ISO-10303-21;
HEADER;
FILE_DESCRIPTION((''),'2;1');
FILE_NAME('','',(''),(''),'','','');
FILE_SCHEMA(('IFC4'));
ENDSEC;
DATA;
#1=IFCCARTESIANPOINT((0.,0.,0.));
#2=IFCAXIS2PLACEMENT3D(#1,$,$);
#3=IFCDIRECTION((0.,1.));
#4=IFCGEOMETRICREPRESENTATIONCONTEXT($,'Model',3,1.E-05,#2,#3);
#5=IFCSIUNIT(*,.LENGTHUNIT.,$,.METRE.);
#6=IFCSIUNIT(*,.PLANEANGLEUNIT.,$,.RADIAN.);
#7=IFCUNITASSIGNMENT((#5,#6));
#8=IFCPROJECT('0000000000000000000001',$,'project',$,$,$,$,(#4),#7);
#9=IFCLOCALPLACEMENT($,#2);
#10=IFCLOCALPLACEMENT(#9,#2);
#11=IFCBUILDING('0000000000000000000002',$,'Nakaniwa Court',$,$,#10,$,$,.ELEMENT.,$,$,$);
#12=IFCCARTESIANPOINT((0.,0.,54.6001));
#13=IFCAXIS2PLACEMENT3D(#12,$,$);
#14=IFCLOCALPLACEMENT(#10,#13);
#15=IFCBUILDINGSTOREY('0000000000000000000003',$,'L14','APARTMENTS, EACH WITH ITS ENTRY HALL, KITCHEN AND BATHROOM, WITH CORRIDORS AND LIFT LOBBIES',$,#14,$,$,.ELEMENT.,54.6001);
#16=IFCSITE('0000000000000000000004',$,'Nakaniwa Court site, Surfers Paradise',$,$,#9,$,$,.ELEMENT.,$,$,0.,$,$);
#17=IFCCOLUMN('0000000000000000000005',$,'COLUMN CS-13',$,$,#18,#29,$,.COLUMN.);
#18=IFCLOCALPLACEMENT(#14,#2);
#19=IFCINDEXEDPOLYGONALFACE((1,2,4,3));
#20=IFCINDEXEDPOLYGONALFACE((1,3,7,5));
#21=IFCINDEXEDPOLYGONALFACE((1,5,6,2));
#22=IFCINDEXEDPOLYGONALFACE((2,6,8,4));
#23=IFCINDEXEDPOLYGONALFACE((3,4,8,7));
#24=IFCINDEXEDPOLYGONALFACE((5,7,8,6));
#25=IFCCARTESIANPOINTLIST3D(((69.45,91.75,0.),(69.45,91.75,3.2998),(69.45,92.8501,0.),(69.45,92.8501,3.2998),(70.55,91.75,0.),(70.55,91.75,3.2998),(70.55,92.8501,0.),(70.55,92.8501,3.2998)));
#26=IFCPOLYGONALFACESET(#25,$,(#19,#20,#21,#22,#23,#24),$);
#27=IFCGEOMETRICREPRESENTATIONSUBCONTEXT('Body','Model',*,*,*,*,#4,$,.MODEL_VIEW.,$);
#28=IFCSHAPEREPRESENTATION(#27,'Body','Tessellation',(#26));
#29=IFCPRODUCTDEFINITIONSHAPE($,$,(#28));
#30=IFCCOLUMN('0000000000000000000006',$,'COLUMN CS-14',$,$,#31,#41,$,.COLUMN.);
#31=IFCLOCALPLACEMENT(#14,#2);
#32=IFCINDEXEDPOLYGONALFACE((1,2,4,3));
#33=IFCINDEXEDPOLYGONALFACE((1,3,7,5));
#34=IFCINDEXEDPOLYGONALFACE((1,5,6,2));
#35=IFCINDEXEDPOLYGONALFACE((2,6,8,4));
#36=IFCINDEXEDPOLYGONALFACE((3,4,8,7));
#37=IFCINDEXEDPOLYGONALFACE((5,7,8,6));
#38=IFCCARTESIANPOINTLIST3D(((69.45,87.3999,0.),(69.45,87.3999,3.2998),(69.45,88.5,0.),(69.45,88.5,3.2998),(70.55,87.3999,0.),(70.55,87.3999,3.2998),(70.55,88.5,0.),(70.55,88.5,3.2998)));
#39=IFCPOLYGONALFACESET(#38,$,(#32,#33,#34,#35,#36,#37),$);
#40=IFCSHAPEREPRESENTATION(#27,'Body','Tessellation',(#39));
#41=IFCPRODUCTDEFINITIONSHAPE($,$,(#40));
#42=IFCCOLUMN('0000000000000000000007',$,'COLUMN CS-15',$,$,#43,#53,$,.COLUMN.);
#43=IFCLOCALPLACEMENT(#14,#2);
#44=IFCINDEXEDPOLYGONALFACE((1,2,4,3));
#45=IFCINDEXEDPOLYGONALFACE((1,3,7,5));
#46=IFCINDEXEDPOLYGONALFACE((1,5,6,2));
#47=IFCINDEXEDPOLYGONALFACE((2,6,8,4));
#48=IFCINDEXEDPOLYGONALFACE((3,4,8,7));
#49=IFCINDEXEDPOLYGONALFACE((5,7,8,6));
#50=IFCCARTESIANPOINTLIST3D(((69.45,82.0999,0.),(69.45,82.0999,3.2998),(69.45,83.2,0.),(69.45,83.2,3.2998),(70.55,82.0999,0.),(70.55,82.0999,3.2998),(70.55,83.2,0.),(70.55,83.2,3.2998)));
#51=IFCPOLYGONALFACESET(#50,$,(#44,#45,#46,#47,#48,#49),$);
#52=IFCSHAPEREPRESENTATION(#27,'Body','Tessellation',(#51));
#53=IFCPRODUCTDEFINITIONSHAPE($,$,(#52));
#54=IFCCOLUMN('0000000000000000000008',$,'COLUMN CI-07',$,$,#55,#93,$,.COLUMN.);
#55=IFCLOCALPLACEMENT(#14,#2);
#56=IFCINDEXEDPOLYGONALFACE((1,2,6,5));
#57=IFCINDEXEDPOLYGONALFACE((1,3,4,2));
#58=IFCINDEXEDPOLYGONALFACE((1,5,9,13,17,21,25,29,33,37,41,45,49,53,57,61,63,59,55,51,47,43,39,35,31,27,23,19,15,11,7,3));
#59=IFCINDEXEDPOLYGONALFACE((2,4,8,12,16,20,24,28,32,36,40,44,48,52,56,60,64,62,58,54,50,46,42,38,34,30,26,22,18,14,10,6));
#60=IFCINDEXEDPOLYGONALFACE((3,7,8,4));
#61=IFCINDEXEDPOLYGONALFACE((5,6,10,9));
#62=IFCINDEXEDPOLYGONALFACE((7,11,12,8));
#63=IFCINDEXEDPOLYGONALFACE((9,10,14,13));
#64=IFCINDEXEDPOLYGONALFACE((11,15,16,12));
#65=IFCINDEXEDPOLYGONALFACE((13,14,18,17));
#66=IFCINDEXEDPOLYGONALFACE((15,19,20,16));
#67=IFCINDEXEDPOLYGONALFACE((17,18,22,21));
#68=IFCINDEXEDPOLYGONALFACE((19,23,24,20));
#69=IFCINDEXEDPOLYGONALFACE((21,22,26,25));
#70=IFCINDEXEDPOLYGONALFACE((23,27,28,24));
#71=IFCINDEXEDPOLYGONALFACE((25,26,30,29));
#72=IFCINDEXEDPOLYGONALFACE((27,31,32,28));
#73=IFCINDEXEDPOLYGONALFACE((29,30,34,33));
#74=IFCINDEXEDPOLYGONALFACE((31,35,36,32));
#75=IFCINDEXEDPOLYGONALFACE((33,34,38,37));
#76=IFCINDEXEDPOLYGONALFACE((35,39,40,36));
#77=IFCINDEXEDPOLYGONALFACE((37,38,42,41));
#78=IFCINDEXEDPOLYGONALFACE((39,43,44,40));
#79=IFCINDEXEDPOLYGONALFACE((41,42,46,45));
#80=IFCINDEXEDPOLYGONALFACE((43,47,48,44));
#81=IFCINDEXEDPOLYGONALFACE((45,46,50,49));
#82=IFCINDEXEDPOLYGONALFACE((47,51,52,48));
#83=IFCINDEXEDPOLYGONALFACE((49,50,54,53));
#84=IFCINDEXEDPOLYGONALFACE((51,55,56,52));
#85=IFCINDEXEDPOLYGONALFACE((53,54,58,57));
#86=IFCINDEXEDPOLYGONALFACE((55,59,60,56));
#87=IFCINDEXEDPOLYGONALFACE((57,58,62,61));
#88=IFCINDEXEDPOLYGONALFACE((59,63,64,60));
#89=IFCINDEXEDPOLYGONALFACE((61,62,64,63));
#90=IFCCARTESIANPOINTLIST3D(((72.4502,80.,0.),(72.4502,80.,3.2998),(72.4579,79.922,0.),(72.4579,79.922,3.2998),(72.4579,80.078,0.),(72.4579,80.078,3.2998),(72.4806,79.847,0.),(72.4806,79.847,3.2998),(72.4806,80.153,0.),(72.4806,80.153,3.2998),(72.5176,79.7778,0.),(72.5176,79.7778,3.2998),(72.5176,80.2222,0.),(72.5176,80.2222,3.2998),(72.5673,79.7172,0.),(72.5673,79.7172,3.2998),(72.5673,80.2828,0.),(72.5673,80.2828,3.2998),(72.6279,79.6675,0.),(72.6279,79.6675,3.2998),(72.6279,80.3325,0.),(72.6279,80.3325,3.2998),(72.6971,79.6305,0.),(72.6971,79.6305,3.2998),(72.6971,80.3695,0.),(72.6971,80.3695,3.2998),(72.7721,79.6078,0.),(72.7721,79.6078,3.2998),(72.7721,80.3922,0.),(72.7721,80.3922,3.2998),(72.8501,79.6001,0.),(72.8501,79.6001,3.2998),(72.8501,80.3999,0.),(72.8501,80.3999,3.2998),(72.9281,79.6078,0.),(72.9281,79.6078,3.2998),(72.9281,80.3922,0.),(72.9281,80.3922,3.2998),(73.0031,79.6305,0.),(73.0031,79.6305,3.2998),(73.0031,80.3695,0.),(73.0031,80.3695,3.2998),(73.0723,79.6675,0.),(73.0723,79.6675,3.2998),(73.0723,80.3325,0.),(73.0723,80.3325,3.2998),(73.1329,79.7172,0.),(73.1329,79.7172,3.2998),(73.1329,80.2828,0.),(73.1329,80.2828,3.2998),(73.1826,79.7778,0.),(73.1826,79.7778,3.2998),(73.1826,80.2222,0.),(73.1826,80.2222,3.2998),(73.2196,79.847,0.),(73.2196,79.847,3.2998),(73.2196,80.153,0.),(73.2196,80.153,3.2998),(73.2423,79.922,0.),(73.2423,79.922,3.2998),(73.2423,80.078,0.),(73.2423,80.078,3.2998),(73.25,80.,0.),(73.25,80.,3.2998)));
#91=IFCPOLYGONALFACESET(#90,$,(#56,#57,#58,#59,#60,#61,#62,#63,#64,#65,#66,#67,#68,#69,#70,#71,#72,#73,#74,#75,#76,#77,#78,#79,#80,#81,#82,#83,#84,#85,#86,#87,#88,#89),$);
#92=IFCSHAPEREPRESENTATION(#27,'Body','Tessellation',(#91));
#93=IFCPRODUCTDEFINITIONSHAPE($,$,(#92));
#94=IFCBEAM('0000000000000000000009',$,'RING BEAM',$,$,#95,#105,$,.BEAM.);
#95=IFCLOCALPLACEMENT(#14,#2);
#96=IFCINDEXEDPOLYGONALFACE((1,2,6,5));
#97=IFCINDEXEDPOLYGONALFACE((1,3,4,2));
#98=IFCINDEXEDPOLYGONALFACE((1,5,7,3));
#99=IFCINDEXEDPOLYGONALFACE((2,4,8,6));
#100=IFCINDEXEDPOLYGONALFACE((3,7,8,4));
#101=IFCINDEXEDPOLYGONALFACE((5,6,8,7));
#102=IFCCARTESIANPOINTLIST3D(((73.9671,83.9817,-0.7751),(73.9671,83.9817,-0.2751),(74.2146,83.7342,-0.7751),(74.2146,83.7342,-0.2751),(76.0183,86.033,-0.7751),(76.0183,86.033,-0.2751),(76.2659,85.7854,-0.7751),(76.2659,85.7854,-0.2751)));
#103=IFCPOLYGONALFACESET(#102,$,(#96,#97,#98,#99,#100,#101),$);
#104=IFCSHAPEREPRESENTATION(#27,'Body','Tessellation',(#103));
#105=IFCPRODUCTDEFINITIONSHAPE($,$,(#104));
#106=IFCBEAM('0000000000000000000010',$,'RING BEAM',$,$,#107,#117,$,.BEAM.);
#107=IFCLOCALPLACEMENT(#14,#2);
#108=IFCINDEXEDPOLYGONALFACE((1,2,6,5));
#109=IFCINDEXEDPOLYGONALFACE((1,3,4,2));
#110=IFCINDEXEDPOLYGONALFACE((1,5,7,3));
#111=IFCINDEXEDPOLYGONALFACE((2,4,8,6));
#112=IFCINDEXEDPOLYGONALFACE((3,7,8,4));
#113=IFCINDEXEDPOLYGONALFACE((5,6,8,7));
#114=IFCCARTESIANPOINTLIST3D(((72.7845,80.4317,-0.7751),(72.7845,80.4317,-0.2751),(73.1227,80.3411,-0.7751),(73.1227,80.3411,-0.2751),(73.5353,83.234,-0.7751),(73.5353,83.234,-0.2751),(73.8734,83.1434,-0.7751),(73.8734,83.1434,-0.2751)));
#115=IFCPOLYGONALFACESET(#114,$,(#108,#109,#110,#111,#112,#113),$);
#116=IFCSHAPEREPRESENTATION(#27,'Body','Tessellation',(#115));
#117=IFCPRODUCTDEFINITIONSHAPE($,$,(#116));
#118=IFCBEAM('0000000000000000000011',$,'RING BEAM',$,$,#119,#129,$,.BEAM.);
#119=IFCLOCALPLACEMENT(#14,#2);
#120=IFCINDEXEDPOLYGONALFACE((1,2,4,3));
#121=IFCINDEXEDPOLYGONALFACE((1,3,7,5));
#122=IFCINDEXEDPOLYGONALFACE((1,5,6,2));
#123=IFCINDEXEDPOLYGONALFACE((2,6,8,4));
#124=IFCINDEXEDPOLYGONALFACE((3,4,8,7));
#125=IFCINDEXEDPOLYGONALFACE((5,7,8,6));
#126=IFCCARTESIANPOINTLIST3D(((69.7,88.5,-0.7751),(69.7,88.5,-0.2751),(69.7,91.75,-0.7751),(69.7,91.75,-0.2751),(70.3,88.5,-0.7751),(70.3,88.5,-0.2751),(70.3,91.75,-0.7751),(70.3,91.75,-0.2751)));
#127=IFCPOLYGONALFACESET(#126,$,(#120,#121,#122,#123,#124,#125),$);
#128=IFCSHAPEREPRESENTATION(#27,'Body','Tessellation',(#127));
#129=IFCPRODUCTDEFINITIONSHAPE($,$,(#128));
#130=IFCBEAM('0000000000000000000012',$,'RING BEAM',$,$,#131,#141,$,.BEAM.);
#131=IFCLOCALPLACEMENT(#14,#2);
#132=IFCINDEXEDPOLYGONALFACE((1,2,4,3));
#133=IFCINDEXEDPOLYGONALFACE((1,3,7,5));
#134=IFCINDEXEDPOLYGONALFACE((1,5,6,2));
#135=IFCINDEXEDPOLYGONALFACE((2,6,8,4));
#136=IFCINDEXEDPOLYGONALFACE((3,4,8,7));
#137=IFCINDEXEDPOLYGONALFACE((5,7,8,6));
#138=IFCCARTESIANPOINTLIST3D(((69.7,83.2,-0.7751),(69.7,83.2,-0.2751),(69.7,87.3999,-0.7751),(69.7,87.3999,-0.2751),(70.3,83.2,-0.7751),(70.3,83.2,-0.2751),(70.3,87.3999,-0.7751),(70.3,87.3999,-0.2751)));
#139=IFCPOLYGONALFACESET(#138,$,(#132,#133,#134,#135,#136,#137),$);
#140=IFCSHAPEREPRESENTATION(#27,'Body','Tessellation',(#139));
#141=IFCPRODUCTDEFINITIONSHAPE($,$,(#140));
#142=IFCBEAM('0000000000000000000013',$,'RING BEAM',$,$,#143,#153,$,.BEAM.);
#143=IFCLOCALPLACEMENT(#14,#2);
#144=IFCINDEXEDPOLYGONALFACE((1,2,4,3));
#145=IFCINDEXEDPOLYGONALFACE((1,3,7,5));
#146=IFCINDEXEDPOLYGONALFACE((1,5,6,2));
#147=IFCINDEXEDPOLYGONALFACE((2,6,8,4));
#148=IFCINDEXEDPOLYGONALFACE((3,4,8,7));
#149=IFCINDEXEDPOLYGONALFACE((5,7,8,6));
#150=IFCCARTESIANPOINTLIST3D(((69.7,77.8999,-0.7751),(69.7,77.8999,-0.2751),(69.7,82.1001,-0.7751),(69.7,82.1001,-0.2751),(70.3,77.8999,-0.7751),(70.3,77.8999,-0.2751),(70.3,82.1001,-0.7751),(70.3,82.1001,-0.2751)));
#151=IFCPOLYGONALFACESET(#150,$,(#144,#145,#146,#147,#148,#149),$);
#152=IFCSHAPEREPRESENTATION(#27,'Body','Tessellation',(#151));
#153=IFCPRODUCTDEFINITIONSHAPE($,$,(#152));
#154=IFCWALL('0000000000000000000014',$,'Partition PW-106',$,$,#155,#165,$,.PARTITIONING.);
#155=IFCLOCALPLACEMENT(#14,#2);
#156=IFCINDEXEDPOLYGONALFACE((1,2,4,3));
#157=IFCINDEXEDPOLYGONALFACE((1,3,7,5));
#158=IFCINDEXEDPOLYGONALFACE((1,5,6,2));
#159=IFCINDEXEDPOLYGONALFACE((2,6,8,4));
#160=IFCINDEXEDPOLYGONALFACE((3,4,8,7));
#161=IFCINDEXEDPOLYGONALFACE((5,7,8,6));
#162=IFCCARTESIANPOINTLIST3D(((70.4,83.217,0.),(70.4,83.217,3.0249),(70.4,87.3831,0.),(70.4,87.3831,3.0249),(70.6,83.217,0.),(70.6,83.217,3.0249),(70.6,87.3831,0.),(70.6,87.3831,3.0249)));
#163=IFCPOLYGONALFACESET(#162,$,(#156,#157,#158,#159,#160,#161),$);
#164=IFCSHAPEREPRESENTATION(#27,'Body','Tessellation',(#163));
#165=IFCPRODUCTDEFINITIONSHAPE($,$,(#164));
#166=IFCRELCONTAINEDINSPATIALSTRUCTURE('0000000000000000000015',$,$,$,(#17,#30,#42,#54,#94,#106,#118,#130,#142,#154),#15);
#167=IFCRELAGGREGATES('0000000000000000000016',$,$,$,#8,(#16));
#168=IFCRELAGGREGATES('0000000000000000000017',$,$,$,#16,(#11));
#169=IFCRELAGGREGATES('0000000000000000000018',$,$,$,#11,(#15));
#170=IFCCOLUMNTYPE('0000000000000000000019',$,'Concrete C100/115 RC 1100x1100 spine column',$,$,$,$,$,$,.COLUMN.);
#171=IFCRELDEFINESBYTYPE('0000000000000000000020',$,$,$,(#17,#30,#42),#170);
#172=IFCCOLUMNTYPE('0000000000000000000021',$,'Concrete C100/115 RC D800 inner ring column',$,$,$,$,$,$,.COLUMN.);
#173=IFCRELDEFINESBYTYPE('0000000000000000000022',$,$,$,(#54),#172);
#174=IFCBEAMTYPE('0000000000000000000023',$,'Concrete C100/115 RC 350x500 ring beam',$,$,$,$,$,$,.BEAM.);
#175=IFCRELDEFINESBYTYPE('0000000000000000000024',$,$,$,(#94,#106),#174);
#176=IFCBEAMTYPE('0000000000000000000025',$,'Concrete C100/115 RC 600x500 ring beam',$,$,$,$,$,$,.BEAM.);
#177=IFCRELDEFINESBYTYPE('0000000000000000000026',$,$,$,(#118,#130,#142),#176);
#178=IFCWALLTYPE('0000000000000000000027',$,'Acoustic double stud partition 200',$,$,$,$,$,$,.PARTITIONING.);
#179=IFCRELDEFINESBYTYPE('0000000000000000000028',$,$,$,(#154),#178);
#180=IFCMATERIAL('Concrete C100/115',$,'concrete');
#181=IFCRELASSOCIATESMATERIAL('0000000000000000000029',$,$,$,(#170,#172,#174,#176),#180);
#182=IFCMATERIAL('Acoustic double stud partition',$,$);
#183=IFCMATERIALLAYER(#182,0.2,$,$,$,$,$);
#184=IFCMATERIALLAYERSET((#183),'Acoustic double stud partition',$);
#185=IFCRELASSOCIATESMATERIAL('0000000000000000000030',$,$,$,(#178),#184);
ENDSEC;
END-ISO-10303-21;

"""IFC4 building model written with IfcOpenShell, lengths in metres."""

from ifc_helpers import new_model, si_unit, direction, frame, frame_2d, origin, origin_2d, place, context, subcontext, project, spatial, rectangle, circle, extrude, material, layer, layer_set, material_profile, profile_set, type_object, element, save


model = new_model("IFC4")

# Units and contexts
model_context = context("Model", 3, precision=1e-05, world=origin(), true_north=direction((0.0, 1.0)))
body_context = subcontext(model_context, "Body", "Model", "MODEL_VIEW")
ifc_project = project(units=[si_unit("LENGTHUNIT", "METRE"), si_unit("PLANEANGLEUNIT", "RADIAN")], contexts=[model_context])

# Site, building, storey
site_placement = place(None, origin())
site = spatial("IfcSite", under=ifc_project, at=site_placement, Name="Nakaniwa Court site, Surfers Paradise", CompositionType="ELEMENT", RefElevation=0.0)
building_placement = place(site_placement, origin())
building = spatial("IfcBuilding", under=site, at=building_placement, Name="Nakaniwa Court", CompositionType="ELEMENT")
storey_placement = place(building_placement, frame((0.0, 0.0, 54.6001)))
storey = spatial("IfcBuildingStorey", under=building, at=storey_placement, Name="L14", Description="APARTMENTS, EACH WITH ITS ENTRY HALL, KITCHEN AND BATHROOM, WITH CORRIDORS AND LIFT LOBBIES", CompositionType="ELEMENT", Elevation=54.6001)

# Columns
ifc_material_1 = material(Name="Concrete C100/115", Category="concrete")
ifc_material_profile_1 = material_profile(ifc_material_1, rectangle(XDim=1.1001, YDim=1.1001, at=origin_2d()), Name="Concrete C100/115 RC 1100x1100 spine column")
ifc_profile_set_1 = profile_set([ifc_material_profile_1], Name="Concrete C100/115")
column_type_1 = type_object("IfcColumnType", Name="Concrete C100/115 RC 1100x1100 spine column", PredefinedType="COLUMN", material=ifc_profile_set_1)
for number, where, z_axis, x_axis, name in (
    (1, (70.0, 92.3, 0.0), (0.0, 0.0, 1.0), (0.0, -1.0, 0.0), "COLUMN CS-13"),
    (2, (70.0, 87.95, 0.0), (0.0, 0.0, 1.0), (0.0, -1.0, 0.0), "COLUMN CS-14"),
    (3, (70.0, 82.6499, 0.0), (0.0, 0.0, 1.0), (0.0, -1.0, 0.0), "COLUMN CS-15"),
):
    element("IfcColumn", number, at=place(storey_placement, frame(where, z_axis=z_axis, x_axis=x_axis)), inside=storey, type_object=column_type_1, Name=name, PredefinedType="COLUMN", context=body_context, shape_type="SweptSolid", body=[
        extrude(rectangle(XDim=1.1001, YDim=1.1001, at=origin_2d()), origin(), (0.0, 0.0, 1.0), 3.2998),
    ])
ifc_material_profile_2 = material_profile(ifc_material_1, circle(Radius=0.3999, at=origin_2d()), Name="Concrete C100/115 RC D800 inner ring column")
ifc_profile_set_2 = profile_set([ifc_material_profile_2], Name="Concrete C100/115")
column_type_2 = type_object("IfcColumnType", Name="Concrete C100/115 RC D800 inner ring column", PredefinedType="COLUMN", material=ifc_profile_set_2)
for number, where, z_axis, x_axis, name in (
    (4, (72.8501, 80.0, 0.0), (0.0, 0.0, 1.0), (0.0, -1.0, 0.0), "COLUMN CI-07"),
):
    element("IfcColumn", number, at=place(storey_placement, frame(where, z_axis=z_axis, x_axis=x_axis)), inside=storey, type_object=column_type_2, Name=name, PredefinedType="COLUMN", context=body_context, shape_type="SweptSolid", body=[
        extrude(circle(Radius=0.3999, at=origin_2d()), origin(), (0.0, 0.0, 1.0), 3.2998),
    ])

# Beams
ifc_material_profile_3 = material_profile(ifc_material_1, rectangle(XDim=0.3501, YDim=0.5, at=origin_2d()), Name="Concrete C100/115 RC 350x500 ring beam")
ifc_profile_set_3 = profile_set([ifc_material_profile_3], Name="Concrete C100/115")
beam_type_1 = type_object("IfcBeamType", Name="Concrete C100/115 RC 350x500 ring beam", PredefinedType="BEAM", material=ifc_profile_set_3)
beam_1_placement = place(storey_placement, frame((76.1421, 85.9092, -0.5251), z_axis=(-0.707107, -0.707107, 0.0), x_axis=(0.707107, -0.707107, 0.0)))
element("IfcBeam", 5, at=beam_1_placement, inside=storey, type_object=beam_type_1, Name="RING BEAM", PredefinedType="BEAM", context=body_context, shape_type="SweptSolid", body=[
    extrude(rectangle(XDim=0.3501, YDim=0.5, at=origin_2d()), origin(), (0.0, 0.0, 1.0), 2.9009),
])
beam_2_placement = place(storey_placement, frame((73.7043, 83.1887, -0.5251), z_axis=(-0.258778, -0.965937, 0.0), x_axis=(0.965937, -0.258778, 0.0)))
element("IfcBeam", 6, at=beam_2_placement, inside=storey, type_object=beam_type_1, Name="RING BEAM", PredefinedType="BEAM", context=body_context, shape_type="SweptSolid", body=[
    extrude(rectangle(XDim=0.3501, YDim=0.5, at=origin_2d()), origin(), (0.0, 0.0, 1.0), 2.9011),
])
ifc_material_profile_4 = material_profile(ifc_material_1, rectangle(XDim=0.6001, YDim=0.5, at=origin_2d()), Name="Concrete C100/115 RC 600x500 ring beam")
ifc_profile_set_4 = profile_set([ifc_material_profile_4], Name="Concrete C100/115")
beam_type_2 = type_object("IfcBeamType", Name="Concrete C100/115 RC 600x500 ring beam", PredefinedType="BEAM", material=ifc_profile_set_4)
beam_3_placement = place(storey_placement, frame((70.0, 91.75, -0.5251), z_axis=(0.0, -1.0, 0.0), x_axis=(1.0, 0.0, 0.0)))
element("IfcBeam", 7, at=beam_3_placement, inside=storey, type_object=beam_type_2, Name="RING BEAM", PredefinedType="BEAM", context=body_context, shape_type="SweptSolid", body=[
    extrude(rectangle(XDim=0.6001, YDim=0.5, at=origin_2d()), origin(), (0.0, 0.0, 1.0), 3.25),
])
beam_4_placement = place(storey_placement, frame((70.0, 87.3999, -0.5251), z_axis=(0.0, -1.0, 0.0), x_axis=(1.0, 0.0, 0.0)))
element("IfcBeam", 8, at=beam_4_placement, inside=storey, type_object=beam_type_2, Name="RING BEAM", PredefinedType="BEAM", context=body_context, shape_type="SweptSolid", body=[
    extrude(rectangle(XDim=0.6001, YDim=0.5, at=origin_2d()), origin(), (0.0, 0.0, 1.0), 4.2),
])
beam_5_placement = place(storey_placement, frame((70.0, 82.1001, -0.5251), z_axis=(0.0, -1.0, 0.0), x_axis=(1.0, 0.0, 0.0)))
element("IfcBeam", 9, at=beam_5_placement, inside=storey, type_object=beam_type_2, Name="RING BEAM", PredefinedType="BEAM", context=body_context, shape_type="SweptSolid", body=[
    extrude(rectangle(XDim=0.6001, YDim=0.5, at=origin_2d()), origin(), (0.0, 0.0, 1.0), 4.2002),
])

# Wall
ifc_material_2 = material(Name="Acoustic double stud partition")
ifc_layer_1 = layer(ifc_material_2, 0.2)
ifc_layer_set_1 = layer_set([ifc_layer_1], Name="Acoustic double stud partition")
wall_type_1 = type_object("IfcWallType", Name="Acoustic double stud partition 200", PredefinedType="PARTITIONING", material=ifc_layer_set_1)
wall_1_placement = place(storey_placement, frame((70.5, 83.217, 0.0), z_axis=(0.0, 0.0, 1.0), x_axis=(0.0, 1.0, 0.0)))
element("IfcWall", 10, at=wall_1_placement, inside=storey, type_object=wall_type_1, Name="Partition PW-106", PredefinedType="PARTITIONING", context=body_context, shape_type="SweptSolid", body=[
    extrude(rectangle(XDim=4.166, YDim=0.2, at=frame_2d((2.083, 0.0))), origin(), (0.0, 0.0, 1.0), 3.0249),
])

save(model, "model.ifc")
